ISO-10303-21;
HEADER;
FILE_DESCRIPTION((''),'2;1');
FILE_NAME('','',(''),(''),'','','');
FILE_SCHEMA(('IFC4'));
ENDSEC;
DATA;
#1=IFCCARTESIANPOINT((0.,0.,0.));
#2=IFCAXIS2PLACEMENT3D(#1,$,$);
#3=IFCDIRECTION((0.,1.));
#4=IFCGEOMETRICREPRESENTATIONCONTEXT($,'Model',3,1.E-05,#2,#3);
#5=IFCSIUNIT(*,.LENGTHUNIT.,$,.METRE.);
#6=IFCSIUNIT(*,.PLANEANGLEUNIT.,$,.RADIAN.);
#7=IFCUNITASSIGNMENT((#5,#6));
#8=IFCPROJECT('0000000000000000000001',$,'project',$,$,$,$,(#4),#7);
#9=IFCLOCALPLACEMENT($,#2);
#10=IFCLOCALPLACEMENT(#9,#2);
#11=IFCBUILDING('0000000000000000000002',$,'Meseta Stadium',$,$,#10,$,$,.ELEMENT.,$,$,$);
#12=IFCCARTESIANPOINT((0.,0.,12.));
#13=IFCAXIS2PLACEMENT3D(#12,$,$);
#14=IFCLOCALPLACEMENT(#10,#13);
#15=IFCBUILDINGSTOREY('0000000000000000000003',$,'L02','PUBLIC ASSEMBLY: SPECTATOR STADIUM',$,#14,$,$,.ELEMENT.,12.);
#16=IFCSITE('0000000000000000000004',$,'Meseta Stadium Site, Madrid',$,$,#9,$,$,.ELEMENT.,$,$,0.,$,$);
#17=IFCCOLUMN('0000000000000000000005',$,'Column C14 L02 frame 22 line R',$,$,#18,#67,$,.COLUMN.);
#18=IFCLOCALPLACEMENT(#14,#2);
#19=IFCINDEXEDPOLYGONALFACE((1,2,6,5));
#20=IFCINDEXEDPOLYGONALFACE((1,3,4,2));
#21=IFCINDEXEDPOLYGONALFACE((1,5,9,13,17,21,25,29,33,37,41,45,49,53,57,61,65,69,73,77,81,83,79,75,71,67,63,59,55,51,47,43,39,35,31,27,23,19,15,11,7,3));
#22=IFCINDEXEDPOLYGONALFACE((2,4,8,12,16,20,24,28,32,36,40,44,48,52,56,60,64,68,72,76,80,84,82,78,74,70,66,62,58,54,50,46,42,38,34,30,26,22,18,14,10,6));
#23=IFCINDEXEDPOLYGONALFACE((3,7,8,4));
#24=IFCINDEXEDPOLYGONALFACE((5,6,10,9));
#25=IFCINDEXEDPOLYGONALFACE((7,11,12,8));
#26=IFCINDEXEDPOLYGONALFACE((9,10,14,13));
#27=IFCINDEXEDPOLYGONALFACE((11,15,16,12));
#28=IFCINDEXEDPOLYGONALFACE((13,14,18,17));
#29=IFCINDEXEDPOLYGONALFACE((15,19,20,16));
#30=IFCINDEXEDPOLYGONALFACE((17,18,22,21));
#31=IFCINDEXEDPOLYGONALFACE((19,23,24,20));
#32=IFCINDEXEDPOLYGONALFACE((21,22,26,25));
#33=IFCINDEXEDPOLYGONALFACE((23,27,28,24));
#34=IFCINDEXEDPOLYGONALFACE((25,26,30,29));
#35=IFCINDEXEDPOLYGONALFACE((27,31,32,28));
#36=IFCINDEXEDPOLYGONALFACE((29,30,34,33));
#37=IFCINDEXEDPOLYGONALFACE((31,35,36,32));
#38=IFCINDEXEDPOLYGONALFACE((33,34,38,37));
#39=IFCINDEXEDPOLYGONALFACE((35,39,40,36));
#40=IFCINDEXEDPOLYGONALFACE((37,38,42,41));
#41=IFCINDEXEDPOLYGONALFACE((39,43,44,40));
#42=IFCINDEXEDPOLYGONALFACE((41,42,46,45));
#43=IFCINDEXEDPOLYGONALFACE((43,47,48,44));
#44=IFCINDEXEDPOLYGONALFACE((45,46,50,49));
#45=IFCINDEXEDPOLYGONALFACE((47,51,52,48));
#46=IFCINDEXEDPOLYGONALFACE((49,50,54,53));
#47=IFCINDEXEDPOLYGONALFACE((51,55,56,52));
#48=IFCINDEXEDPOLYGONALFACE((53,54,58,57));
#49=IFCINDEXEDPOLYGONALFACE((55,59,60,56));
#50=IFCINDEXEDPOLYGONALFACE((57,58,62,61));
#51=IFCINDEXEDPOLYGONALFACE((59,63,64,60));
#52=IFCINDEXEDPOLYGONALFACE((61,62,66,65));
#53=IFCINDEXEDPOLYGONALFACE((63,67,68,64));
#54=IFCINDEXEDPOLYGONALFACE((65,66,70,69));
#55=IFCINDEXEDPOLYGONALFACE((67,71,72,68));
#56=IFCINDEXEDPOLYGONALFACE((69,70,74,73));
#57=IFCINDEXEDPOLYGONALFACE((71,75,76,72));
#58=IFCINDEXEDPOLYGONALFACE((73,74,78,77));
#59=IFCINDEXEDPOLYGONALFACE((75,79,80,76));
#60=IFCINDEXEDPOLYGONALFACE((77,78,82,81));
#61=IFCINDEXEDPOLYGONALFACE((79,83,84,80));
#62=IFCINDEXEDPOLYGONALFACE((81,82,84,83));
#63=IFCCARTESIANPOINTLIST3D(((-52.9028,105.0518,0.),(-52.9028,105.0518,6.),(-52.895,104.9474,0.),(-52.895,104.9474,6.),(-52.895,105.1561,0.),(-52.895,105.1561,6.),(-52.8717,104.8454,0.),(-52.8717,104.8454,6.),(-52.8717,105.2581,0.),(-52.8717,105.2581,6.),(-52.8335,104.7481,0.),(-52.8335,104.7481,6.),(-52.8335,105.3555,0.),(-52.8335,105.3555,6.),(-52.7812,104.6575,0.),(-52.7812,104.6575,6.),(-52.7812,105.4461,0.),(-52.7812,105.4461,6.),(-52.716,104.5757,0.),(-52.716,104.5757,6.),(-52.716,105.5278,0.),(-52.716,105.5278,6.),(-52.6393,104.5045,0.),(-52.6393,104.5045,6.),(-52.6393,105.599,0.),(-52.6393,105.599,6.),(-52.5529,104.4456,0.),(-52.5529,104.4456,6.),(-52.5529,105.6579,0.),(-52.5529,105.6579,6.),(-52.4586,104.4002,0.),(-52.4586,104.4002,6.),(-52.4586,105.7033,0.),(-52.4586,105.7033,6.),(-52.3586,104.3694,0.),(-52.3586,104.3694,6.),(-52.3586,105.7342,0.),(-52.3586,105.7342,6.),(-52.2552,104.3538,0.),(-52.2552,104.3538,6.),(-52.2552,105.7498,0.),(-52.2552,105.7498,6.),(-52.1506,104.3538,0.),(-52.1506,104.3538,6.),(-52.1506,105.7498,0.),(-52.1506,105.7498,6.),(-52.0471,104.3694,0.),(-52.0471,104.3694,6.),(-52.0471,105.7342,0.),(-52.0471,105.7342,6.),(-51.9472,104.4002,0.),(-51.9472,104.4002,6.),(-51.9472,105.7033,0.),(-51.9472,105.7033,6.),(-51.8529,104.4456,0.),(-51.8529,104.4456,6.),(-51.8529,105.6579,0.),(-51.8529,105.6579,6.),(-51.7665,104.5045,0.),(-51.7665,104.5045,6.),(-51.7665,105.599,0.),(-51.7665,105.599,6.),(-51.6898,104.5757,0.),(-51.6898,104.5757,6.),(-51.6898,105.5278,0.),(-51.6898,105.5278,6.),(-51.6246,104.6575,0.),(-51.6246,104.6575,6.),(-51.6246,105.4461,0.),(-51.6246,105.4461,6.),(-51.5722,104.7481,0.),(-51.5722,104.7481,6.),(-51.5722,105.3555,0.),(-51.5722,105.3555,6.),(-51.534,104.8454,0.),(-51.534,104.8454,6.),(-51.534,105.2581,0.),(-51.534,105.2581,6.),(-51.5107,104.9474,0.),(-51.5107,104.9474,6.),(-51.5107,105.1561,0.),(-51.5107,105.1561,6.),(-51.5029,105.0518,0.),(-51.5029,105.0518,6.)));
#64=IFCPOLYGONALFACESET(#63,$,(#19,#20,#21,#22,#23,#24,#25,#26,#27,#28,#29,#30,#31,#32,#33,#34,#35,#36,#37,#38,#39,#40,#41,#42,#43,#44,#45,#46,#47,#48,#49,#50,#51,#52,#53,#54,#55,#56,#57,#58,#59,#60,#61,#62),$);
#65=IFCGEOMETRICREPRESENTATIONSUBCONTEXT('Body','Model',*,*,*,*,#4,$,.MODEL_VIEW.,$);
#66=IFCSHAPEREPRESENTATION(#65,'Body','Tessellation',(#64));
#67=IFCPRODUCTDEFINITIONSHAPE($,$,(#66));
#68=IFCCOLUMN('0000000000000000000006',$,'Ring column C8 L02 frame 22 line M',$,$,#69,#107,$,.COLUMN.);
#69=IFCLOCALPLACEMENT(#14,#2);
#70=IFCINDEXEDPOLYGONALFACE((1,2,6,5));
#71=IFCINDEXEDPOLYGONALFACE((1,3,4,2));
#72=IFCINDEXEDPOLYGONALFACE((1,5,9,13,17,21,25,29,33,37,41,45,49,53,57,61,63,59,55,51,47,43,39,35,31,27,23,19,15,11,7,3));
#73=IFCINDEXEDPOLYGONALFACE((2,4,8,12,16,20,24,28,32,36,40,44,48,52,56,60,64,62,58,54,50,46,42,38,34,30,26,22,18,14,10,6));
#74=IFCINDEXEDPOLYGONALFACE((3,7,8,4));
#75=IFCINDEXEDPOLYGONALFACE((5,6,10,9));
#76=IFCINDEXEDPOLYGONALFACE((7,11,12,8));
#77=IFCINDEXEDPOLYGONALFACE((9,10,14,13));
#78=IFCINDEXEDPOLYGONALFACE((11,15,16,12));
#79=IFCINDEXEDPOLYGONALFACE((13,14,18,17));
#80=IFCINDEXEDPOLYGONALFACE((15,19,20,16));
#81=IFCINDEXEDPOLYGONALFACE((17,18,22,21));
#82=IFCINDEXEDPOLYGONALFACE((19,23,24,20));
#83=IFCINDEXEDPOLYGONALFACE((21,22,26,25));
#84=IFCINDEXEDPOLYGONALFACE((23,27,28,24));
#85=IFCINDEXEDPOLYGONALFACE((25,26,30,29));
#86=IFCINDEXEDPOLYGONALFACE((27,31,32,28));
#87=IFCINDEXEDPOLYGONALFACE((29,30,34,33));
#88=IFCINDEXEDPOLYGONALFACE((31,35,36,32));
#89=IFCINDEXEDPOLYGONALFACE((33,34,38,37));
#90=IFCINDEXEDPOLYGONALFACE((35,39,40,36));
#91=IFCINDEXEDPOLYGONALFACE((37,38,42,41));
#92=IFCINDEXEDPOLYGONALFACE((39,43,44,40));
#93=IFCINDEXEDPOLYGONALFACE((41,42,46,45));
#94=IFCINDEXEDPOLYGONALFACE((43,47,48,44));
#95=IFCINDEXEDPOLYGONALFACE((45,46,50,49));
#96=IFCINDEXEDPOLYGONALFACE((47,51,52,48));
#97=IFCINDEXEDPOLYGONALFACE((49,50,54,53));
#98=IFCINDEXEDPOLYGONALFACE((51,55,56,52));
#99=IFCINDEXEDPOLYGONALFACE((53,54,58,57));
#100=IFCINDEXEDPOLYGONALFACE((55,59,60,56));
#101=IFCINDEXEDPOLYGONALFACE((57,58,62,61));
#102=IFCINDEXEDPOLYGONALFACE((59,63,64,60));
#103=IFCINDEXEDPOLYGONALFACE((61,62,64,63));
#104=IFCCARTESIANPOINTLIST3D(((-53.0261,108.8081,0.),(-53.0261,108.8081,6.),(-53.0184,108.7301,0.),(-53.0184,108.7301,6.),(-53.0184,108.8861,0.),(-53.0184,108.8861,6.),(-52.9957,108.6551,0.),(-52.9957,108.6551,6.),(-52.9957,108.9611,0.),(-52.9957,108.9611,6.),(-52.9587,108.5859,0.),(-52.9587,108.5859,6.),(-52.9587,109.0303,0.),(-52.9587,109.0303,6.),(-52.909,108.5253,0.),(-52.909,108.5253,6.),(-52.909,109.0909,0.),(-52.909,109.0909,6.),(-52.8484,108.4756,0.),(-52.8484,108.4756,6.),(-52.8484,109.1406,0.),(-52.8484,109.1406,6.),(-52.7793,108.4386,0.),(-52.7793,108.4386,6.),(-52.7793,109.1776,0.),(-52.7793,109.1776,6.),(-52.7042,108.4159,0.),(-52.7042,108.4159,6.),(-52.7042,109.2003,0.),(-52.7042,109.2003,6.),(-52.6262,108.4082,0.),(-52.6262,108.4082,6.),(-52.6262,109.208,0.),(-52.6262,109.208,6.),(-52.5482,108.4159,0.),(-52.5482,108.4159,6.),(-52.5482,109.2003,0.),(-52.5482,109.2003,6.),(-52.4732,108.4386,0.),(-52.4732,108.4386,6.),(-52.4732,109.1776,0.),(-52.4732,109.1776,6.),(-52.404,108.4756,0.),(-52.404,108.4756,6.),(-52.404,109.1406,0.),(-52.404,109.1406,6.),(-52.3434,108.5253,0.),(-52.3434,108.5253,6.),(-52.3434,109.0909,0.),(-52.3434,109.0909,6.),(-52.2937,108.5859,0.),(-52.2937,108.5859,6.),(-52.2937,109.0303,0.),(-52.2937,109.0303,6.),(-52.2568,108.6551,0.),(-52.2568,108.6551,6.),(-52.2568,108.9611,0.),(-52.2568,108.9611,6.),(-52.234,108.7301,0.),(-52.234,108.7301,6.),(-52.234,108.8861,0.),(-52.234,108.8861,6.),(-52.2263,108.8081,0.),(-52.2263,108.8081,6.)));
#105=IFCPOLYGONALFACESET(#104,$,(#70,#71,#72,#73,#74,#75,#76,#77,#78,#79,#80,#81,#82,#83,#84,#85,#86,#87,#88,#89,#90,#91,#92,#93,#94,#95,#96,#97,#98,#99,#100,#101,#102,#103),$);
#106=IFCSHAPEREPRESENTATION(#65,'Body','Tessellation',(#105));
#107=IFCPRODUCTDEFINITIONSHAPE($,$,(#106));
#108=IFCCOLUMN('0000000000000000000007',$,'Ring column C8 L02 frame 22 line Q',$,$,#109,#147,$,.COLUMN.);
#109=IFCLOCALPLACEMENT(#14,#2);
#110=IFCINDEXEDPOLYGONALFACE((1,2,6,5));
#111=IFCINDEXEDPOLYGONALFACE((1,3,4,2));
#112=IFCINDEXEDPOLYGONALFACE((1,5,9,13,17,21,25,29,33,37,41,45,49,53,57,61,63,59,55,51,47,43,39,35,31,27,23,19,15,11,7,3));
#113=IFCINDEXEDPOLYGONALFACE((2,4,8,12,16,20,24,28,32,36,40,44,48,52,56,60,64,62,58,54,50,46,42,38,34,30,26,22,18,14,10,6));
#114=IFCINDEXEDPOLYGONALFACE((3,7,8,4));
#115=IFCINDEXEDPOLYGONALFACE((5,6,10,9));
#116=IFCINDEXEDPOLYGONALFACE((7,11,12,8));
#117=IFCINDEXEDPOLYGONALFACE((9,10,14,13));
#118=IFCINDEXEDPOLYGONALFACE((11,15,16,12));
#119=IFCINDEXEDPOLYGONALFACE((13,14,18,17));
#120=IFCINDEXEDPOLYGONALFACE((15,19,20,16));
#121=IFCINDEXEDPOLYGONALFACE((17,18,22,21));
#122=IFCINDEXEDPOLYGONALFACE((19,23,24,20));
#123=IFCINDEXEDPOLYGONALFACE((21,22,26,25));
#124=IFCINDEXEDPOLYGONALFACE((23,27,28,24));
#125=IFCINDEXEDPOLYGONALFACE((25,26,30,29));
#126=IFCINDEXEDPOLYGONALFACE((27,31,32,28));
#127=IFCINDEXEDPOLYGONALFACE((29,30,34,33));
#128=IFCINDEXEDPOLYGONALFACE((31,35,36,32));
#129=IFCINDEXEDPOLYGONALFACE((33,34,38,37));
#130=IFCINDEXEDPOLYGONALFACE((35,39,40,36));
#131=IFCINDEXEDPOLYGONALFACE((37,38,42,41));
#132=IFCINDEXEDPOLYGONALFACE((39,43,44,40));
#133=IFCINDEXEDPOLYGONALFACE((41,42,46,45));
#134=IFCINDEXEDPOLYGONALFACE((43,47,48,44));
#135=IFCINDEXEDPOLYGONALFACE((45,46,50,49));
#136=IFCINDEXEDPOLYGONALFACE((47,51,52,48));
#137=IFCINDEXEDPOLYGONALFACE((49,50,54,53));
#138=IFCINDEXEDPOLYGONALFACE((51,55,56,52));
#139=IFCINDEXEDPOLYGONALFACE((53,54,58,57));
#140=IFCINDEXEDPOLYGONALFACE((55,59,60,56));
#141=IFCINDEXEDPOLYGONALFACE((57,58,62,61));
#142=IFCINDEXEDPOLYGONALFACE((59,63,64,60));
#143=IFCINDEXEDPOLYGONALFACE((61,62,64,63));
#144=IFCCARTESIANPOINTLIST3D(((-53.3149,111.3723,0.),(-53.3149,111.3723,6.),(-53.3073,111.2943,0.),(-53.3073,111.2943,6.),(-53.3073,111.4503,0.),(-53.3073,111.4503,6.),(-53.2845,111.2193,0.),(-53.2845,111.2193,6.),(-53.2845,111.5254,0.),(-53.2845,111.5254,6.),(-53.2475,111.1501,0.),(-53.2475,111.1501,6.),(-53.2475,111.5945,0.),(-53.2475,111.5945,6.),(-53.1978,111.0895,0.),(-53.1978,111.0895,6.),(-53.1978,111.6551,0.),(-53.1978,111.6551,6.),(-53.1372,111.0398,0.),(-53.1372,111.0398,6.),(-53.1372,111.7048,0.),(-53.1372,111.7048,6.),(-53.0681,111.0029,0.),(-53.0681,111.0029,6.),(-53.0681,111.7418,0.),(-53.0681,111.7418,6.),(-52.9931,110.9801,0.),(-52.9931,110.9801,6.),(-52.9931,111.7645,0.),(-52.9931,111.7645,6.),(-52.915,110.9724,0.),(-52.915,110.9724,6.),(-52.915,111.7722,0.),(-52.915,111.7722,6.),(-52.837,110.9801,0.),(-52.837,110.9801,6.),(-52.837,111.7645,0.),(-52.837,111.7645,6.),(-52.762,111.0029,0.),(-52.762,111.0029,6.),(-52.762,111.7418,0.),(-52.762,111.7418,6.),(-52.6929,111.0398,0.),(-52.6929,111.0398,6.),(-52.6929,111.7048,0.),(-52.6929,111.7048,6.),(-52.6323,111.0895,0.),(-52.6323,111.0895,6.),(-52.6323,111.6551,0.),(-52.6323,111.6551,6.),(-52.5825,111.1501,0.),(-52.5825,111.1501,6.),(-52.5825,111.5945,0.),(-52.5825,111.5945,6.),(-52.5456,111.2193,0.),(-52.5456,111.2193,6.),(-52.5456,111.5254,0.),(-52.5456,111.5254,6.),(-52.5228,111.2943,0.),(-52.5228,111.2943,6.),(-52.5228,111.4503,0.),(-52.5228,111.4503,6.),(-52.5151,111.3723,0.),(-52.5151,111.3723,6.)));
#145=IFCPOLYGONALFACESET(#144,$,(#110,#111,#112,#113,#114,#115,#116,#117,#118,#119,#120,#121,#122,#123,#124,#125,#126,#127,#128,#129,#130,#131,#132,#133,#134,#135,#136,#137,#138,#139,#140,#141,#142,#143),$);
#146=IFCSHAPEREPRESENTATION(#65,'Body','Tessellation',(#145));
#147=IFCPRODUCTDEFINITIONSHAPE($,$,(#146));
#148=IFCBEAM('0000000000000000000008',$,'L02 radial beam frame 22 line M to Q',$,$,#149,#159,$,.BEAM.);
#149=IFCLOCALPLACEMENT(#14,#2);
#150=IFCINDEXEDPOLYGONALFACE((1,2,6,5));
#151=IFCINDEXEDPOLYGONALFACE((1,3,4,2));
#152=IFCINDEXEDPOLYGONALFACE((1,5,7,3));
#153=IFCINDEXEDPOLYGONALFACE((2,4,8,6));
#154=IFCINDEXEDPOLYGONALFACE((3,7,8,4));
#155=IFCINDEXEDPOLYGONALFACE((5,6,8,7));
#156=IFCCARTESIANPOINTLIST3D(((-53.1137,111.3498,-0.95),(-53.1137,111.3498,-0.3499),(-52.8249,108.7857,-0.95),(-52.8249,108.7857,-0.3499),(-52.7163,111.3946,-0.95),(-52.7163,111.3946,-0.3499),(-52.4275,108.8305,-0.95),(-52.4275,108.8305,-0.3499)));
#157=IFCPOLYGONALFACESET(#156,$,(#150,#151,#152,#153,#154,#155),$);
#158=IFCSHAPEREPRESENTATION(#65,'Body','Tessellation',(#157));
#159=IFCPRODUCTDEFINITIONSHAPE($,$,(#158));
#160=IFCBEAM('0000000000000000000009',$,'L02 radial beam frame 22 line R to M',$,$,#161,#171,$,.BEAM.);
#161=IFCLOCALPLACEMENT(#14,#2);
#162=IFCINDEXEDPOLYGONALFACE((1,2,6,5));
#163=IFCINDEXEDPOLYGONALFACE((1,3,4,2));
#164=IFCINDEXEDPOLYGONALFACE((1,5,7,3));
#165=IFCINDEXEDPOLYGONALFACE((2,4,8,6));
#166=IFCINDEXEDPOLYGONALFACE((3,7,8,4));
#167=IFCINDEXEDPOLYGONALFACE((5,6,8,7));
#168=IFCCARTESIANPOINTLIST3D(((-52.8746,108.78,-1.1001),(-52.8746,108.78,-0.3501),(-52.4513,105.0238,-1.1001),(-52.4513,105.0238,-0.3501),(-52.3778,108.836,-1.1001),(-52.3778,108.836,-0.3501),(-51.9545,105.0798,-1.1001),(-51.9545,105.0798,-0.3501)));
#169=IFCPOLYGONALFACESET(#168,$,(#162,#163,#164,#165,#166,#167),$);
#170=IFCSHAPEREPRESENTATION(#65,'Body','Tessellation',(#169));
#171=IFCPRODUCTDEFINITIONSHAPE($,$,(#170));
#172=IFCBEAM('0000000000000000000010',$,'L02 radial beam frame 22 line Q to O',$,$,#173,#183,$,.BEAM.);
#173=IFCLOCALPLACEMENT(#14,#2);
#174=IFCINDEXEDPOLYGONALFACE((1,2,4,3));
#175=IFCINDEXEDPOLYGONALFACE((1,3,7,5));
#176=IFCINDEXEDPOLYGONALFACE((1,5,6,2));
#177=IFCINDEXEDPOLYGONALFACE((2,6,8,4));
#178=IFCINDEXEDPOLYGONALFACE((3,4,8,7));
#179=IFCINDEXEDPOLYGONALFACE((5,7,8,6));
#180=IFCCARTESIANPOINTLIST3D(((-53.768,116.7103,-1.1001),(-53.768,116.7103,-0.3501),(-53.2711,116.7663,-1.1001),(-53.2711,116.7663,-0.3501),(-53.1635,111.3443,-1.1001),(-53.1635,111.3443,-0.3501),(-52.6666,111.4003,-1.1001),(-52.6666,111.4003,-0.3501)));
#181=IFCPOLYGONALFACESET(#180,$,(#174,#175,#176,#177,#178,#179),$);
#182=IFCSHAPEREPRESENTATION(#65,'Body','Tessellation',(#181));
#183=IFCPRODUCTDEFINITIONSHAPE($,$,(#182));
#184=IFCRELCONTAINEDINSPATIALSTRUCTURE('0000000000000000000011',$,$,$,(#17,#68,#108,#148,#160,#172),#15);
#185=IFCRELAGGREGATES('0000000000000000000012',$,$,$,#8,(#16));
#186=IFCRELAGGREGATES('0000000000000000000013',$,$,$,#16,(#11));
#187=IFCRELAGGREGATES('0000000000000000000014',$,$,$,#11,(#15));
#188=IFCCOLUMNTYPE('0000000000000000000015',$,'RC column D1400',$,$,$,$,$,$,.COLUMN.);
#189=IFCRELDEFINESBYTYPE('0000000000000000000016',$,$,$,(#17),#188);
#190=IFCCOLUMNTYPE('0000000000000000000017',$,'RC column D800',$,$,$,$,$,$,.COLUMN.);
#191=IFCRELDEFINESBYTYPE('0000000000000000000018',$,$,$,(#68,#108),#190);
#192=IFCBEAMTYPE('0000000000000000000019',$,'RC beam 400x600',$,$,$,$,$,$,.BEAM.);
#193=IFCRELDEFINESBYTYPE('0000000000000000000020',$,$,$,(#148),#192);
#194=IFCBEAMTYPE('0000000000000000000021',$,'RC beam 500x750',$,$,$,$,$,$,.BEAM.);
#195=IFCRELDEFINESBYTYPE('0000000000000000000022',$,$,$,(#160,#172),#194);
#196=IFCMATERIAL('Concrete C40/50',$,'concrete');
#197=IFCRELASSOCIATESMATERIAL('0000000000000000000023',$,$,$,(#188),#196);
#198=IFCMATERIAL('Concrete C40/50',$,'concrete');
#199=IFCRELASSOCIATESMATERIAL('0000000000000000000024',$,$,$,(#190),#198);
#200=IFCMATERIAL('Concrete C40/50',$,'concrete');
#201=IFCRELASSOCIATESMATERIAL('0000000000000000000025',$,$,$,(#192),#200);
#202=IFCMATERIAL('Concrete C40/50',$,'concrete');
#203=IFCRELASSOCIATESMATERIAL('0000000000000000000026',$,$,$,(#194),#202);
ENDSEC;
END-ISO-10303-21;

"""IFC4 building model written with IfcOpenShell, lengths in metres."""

from ifc_helpers import new_model, si_unit, direction, frame, origin, origin_2d, place, context, subcontext, project, spatial, rectangle, circle, extrude, material, material_profile, profile_set, type_object, element, save


model = new_model("IFC4")

# Units and contexts
model_context = context("Model", 3, precision=1e-05, world=origin(), true_north=direction((0.0, 1.0)))
body_context = subcontext(model_context, "Body", "Model", "MODEL_VIEW")
ifc_project = project(units=[si_unit("LENGTHUNIT", "METRE"), si_unit("PLANEANGLEUNIT", "RADIAN")], contexts=[model_context])

# Site, building, storey
site_placement = place(None, origin())
site = spatial("IfcSite", under=ifc_project, at=site_placement, Name="Meseta Stadium Site, Madrid", CompositionType="ELEMENT", RefElevation=0.0)
building_placement = place(site_placement, origin())
building = spatial("IfcBuilding", under=site, at=building_placement, Name="Meseta Stadium", CompositionType="ELEMENT")
storey_placement = place(building_placement, frame((0.0, 0.0, 12.0)))
storey = spatial("IfcBuildingStorey", under=building, at=storey_placement, Name="L02", Description="PUBLIC ASSEMBLY: SPECTATOR STADIUM", CompositionType="ELEMENT", Elevation=12.0)

# Columns
ifc_material_1 = material(Name="Concrete C40/50", Category="concrete")
ifc_material_profile_1 = material_profile(ifc_material_1, circle(Radius=0.7, at=origin_2d()), Name="RC D1400")
ifc_profile_set_1 = profile_set([ifc_material_profile_1], Name="Concrete C40/50")
column_type_1 = type_object("IfcColumnType", Name="RC column D1400", PredefinedType="COLUMN", material=ifc_profile_set_1)
column_placement = place(storey_placement, frame((-52.2029, 105.0518, 0.0), z_axis=(0.0, 0.0, 1.0), x_axis=(1.0, 0.0, 0.0)))
element("IfcColumn", 1, at=column_placement, inside=storey, type_object=column_type_1, Name="Column C14 L02 frame 22 line R", PredefinedType="COLUMN", context=body_context, shape_type="SweptSolid", body=[
    extrude(circle(Radius=0.7, at=origin_2d()), origin(), (0.0, 0.0, 1.0), 6.0),
])
ifc_material_2 = material(Name="Concrete C40/50", Category="concrete")
ifc_material_profile_2 = material_profile(ifc_material_2, circle(Radius=0.3999, at=origin_2d()), Name="RC D800")
ifc_profile_set_2 = profile_set([ifc_material_profile_2], Name="Concrete C40/50")
column_type_2 = type_object("IfcColumnType", Name="RC column D800", PredefinedType="COLUMN", material=ifc_profile_set_2)
for number, where, z_axis, x_axis, name in (
    (2, (-52.6262, 108.8081, 0.0), (0.0, 0.0, 1.0), (1.0, 0.0, 0.0), "Ring column C8 L02 frame 22 line M"),
    (3, (-52.915, 111.3723, 0.0), (0.0, 0.0, 1.0), (1.0, 0.0, 0.0), "Ring column C8 L02 frame 22 line Q"),
):
    element("IfcColumn", number, at=place(storey_placement, frame(where, z_axis=z_axis, x_axis=x_axis)), inside=storey, type_object=column_type_2, Name=name, PredefinedType="COLUMN", context=body_context, shape_type="SweptSolid", body=[
        extrude(circle(Radius=0.3999, at=origin_2d()), origin(), (0.0, 0.0, 1.0), 6.0),
    ])

# Beams
ifc_material_3 = material(Name="Concrete C40/50", Category="concrete")
ifc_material_profile_3 = material_profile(ifc_material_3, rectangle(XDim=0.3999, YDim=0.6001, at=origin_2d()), Name="RC 400x600")
ifc_profile_set_3 = profile_set([ifc_material_profile_3], Name="Concrete C40/50")
beam_type_1 = type_object("IfcBeamType", Name="RC beam 400x600", PredefinedType="BEAM", material=ifc_profile_set_3)
beam_1_placement = place(storey_placement, frame((-52.6262, 108.8081, -0.6499), z_axis=(-0.111927, 0.993716, 0.0), x_axis=(-0.993716, -0.111927, 0.0)))
element("IfcBeam", 4, at=beam_1_placement, inside=storey, type_object=beam_type_1, Name="L02 radial beam frame 22 line M to Q", PredefinedType="BEAM", context=body_context, shape_type="SweptSolid", body=[
    extrude(rectangle(XDim=0.3999, YDim=0.6001, at=origin_2d()), origin(), (0.0, 0.0, 1.0), 2.5803),
])
ifc_material_4 = material(Name="Concrete C40/50", Category="concrete")
ifc_material_profile_4 = material_profile(ifc_material_4, rectangle(XDim=0.5, YDim=0.75, at=origin_2d()), Name="RC 500x750")
ifc_profile_set_4 = profile_set([ifc_material_profile_4], Name="Concrete C40/50")
beam_type_2 = type_object("IfcBeamType", Name="RC beam 500x750", PredefinedType="BEAM", material=ifc_profile_set_4)
beam_2_placement = place(storey_placement, frame((-52.2029, 105.0518, -0.7251), z_axis=(-0.111991, 0.993709, 0.0), x_axis=(-0.993709, -0.111991, 0.0)))
element("IfcBeam", 5, at=beam_2_placement, inside=storey, type_object=beam_type_2, Name="L02 radial beam frame 22 line R to M", PredefinedType="BEAM", context=body_context, shape_type="SweptSolid", body=[
    extrude(rectangle(XDim=0.5, YDim=0.75, at=origin_2d()), origin(), (0.0, 0.0, 1.0), 3.78),
])
beam_3_placement = place(storey_placement, frame((-52.915, 111.3723, -0.7251), z_axis=(-0.111945, 0.993714, 0.0), x_axis=(-0.993714, -0.111945, 0.0)))
element("IfcBeam", 6, at=beam_3_placement, inside=storey, type_object=beam_type_2, Name="L02 radial beam frame 22 line Q to O", PredefinedType="BEAM", context=body_context, shape_type="SweptSolid", body=[
    extrude(rectangle(XDim=0.5, YDim=0.75, at=origin_2d()), origin(), (0.0, 0.0, 1.0), 5.3999),
])

save(model, "model.ifc")
